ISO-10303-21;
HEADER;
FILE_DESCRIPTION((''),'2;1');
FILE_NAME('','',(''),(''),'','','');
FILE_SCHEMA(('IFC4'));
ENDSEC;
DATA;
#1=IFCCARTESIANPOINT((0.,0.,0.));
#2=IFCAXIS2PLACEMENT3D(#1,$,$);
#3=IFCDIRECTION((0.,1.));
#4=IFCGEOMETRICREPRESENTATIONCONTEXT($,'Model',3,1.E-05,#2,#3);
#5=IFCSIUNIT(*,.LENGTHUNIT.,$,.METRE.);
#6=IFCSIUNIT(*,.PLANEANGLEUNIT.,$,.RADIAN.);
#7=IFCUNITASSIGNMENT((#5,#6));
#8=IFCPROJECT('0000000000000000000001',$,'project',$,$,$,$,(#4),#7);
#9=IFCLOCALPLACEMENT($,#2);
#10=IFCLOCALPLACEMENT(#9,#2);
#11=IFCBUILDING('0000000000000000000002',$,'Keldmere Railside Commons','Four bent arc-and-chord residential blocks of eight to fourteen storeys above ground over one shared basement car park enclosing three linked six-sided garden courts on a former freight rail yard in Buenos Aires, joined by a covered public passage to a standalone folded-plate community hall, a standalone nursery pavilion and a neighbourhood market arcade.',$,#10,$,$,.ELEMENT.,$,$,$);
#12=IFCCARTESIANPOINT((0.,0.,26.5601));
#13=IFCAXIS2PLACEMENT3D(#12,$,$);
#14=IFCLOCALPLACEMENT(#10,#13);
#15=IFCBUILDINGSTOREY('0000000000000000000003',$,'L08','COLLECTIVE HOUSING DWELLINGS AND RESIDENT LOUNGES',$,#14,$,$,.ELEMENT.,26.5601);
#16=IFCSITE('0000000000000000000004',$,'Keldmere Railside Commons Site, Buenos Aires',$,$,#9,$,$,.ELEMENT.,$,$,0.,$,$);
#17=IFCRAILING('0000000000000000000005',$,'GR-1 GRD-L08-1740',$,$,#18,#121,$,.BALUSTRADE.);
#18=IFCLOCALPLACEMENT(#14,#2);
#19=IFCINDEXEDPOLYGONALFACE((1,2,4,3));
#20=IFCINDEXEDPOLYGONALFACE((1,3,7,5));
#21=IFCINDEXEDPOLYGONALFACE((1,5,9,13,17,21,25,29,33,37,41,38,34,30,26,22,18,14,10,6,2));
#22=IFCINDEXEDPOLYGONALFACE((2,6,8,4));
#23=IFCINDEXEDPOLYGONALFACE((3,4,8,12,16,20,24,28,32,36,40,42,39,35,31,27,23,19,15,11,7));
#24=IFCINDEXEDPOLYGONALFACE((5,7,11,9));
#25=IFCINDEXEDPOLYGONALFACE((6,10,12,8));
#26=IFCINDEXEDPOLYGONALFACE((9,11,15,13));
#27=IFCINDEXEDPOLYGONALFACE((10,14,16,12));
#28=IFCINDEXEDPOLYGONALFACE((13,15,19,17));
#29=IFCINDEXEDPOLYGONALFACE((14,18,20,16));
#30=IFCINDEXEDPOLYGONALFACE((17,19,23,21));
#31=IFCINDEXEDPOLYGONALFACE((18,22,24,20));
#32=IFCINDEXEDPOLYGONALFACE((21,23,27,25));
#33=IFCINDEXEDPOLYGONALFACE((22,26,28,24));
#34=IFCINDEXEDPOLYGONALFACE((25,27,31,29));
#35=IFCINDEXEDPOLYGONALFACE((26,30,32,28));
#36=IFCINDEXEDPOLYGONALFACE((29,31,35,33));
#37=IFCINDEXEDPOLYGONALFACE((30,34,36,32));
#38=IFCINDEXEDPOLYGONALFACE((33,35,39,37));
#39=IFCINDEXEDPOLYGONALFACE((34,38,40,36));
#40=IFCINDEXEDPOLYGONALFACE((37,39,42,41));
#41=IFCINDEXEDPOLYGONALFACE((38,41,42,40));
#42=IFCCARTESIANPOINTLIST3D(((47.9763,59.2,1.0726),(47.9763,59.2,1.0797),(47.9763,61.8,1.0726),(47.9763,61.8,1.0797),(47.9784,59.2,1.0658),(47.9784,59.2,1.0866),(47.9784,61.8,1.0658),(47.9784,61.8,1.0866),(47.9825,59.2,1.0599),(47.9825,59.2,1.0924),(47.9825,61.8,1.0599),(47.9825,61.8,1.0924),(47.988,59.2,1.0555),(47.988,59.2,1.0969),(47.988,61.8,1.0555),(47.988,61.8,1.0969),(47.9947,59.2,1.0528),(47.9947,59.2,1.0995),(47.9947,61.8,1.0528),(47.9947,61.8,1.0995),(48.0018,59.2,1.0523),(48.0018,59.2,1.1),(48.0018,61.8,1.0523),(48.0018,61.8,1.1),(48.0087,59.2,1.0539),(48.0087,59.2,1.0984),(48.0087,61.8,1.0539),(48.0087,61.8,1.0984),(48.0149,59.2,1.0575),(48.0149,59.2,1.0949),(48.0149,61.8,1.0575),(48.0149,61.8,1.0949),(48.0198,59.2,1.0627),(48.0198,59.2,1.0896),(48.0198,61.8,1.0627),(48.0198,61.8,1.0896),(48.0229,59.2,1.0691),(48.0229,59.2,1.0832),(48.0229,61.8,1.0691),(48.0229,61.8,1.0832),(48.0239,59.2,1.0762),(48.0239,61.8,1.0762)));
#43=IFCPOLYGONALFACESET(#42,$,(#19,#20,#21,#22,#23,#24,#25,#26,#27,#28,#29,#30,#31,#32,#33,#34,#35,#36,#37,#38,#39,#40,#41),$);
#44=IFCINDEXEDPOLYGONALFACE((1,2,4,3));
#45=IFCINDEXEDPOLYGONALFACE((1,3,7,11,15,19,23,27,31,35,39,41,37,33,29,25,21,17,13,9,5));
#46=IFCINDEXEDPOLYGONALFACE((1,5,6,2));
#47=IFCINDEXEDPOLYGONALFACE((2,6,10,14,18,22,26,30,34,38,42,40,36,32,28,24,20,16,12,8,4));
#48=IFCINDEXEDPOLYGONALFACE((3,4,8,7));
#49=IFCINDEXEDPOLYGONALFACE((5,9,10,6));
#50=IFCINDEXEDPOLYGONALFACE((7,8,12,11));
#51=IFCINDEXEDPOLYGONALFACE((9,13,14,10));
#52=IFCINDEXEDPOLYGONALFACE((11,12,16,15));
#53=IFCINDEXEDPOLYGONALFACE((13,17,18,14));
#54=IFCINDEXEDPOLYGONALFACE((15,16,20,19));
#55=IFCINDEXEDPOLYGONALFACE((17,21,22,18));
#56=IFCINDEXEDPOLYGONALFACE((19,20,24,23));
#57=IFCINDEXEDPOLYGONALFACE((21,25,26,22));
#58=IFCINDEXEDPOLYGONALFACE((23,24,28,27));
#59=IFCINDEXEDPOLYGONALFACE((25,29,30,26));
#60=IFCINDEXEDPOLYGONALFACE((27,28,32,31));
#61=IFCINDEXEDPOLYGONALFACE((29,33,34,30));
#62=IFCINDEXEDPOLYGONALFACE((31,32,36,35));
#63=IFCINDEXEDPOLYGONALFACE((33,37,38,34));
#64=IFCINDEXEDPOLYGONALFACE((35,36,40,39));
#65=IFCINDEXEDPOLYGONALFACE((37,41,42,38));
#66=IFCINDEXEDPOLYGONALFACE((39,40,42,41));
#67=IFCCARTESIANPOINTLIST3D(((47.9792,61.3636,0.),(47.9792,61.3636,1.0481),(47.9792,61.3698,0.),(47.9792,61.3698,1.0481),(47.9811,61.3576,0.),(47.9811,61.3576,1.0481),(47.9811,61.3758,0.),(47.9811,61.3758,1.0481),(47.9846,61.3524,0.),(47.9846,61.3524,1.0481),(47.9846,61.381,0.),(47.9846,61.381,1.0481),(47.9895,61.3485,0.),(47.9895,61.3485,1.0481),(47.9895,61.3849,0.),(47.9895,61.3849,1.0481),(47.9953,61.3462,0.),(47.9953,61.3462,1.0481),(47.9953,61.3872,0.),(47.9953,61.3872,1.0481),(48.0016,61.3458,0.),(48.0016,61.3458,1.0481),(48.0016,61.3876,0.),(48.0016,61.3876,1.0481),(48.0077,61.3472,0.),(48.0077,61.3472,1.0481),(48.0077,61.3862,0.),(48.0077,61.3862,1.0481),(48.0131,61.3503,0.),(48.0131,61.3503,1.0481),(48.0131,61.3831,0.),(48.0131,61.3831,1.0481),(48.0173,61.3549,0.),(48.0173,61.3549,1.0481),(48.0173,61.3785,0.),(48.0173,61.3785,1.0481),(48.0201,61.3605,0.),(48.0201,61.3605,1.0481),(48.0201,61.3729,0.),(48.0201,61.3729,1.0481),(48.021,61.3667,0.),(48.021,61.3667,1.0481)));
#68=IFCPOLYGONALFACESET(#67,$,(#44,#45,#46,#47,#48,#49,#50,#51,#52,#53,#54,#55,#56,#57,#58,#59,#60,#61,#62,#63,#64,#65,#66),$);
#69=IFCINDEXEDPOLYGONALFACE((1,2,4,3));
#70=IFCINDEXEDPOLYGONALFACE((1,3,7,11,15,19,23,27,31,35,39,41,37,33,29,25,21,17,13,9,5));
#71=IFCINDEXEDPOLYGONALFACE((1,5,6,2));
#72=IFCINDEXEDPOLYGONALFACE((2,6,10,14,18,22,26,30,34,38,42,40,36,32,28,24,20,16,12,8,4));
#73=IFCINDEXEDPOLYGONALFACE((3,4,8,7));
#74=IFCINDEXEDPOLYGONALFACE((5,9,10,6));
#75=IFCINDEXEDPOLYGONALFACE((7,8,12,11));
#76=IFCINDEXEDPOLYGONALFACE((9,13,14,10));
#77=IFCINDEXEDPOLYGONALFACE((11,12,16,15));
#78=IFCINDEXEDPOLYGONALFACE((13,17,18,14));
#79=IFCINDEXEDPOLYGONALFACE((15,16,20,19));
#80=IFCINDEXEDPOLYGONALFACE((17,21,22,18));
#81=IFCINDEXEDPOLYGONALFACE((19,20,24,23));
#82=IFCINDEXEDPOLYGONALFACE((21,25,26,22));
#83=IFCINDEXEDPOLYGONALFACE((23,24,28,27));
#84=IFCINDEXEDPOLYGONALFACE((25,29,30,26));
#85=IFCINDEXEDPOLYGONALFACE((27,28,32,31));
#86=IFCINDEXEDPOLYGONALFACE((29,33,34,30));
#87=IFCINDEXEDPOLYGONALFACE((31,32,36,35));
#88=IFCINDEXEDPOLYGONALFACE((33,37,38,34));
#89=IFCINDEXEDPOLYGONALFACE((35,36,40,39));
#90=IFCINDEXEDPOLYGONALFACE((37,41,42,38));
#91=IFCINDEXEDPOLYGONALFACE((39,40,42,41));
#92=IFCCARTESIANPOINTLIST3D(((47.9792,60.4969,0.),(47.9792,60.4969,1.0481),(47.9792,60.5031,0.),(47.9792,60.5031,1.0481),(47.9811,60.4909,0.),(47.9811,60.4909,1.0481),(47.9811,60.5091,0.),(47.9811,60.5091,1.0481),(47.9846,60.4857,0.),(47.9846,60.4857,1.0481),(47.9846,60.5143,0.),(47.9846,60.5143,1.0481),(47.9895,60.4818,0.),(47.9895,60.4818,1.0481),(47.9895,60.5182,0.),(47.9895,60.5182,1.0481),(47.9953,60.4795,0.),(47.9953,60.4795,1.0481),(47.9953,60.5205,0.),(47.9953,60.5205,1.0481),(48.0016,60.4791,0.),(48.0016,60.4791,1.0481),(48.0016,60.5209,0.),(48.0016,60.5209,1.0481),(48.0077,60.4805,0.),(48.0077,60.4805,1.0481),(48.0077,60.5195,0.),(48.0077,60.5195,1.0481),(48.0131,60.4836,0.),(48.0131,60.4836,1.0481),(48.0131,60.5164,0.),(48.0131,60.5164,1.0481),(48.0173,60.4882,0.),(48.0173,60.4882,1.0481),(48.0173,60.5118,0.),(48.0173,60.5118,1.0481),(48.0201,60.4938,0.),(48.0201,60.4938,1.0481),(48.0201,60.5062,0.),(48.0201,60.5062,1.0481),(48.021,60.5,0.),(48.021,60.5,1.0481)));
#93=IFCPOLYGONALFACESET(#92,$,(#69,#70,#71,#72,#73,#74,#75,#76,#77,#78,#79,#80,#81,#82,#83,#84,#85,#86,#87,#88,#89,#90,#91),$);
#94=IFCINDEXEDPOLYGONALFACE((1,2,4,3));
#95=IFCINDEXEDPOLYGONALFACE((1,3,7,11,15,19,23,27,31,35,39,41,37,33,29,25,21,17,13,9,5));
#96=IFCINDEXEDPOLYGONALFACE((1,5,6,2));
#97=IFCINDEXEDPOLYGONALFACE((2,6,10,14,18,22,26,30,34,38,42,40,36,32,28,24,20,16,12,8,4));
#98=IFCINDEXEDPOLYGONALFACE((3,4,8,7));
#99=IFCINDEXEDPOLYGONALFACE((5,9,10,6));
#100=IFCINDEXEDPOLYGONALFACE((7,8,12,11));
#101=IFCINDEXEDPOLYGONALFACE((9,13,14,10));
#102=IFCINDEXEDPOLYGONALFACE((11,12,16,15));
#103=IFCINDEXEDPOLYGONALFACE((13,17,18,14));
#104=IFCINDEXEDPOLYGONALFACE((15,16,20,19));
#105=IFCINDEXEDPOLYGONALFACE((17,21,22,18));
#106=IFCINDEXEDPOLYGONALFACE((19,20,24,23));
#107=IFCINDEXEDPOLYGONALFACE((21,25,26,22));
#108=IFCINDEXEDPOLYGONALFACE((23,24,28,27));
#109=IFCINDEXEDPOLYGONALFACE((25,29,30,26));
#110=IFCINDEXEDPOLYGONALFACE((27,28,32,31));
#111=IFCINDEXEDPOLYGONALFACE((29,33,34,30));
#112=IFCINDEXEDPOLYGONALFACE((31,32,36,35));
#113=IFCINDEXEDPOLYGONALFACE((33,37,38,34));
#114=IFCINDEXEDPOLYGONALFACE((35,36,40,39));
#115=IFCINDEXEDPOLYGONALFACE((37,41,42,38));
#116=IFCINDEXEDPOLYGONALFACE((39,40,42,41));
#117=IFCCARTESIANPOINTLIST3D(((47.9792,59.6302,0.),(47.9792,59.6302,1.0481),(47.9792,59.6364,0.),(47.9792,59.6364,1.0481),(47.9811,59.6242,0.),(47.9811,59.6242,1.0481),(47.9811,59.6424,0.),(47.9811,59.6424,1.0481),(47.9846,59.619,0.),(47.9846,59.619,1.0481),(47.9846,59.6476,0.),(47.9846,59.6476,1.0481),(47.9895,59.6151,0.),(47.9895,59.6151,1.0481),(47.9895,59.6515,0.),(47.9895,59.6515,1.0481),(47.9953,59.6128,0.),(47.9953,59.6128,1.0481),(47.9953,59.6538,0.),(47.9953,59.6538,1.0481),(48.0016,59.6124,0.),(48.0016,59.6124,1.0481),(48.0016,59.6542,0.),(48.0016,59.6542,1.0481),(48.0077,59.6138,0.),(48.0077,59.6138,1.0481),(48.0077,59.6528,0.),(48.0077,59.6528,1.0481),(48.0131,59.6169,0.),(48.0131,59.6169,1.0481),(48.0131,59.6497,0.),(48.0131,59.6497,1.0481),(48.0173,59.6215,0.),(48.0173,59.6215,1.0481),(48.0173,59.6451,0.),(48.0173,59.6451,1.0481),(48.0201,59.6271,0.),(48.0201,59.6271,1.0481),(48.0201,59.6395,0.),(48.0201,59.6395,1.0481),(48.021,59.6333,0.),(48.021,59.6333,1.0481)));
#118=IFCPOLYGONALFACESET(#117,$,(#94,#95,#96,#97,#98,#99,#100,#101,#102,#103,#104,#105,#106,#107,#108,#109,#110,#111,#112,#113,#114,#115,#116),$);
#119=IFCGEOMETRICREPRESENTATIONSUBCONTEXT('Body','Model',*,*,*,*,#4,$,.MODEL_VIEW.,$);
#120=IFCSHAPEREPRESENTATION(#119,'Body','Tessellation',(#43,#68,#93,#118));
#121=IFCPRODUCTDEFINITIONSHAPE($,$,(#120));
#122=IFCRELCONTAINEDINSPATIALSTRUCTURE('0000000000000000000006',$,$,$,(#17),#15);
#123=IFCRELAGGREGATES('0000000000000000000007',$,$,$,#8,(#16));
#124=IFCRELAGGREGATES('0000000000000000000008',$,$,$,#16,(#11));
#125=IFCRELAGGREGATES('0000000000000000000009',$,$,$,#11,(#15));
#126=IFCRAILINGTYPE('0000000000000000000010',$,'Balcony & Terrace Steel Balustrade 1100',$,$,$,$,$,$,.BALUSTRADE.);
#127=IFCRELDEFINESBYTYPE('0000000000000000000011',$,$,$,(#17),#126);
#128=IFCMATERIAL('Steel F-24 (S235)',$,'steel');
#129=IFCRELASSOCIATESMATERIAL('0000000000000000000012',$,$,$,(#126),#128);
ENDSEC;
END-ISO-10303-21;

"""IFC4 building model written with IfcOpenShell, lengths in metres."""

from ifc_helpers import new_model, si_unit, direction, frame, origin, origin_2d, place, context, subcontext, project, spatial, circle, extrude, material, type_object, element, save


model = new_model("IFC4")

# Units and contexts
model_context = context("Model", 3, precision=1e-05, world=origin(), true_north=direction((0.0, 1.0)))
body_context = subcontext(model_context, "Body", "Model", "MODEL_VIEW")
ifc_project = project(units=[si_unit("LENGTHUNIT", "METRE"), si_unit("PLANEANGLEUNIT", "RADIAN")], contexts=[model_context])

# Site, building, storey
site_placement = place(None, origin())
site = spatial("IfcSite", under=ifc_project, at=site_placement, Name="Keldmere Railside Commons Site, Buenos Aires", CompositionType="ELEMENT", RefElevation=0.0)
building_placement = place(site_placement, origin())
building = spatial("IfcBuilding", under=site, at=building_placement, Name="Keldmere Railside Commons", Description="Four bent arc-and-chord residential blocks of eight to fourteen storeys above ground over one shared basement car park enclosing three linked six-sided garden courts on a former freight rail yard in Buenos Aires, joined by a covered public passage to a standalone folded-plate community hall, a standalone nursery pavilion and a neighbourhood market arcade.", CompositionType="ELEMENT")
storey_placement = place(building_placement, frame((0.0, 0.0, 26.5601)))
storey = spatial("IfcBuildingStorey", under=building, at=storey_placement, Name="L08", Description="COLLECTIVE HOUSING DWELLINGS AND RESIDENT LOUNGES", CompositionType="ELEMENT", Elevation=26.5601)

# Shared definitions
ifc_material_1 = material(Name="Steel F-24 (S235)", Category="steel")

# Railing
railing_type = type_object("IfcRailingType", Name="Balcony & Terrace Steel Balustrade 1100", PredefinedType="BALUSTRADE", material=ifc_material_1)
railing_1_placement = place(storey_placement, frame((48.0, 61.8, 0.0)))
element("IfcRailing", 1, at=railing_1_placement, inside=storey, type_object=railing_type, Name="GR-1 GRD-L08-1740", PredefinedType="BALUSTRADE", context=body_context, shape_type="SweptSolid", body=[
    extrude(circle(Radius=0.0239, at=origin_2d()), frame((0.0, 0.0, 1.0762), z_axis=(0.0, -1.0, 0.0), x_axis=(1.0, 0.0, 0.0)), (0.0, 0.0, 1.0), 2.6001),
    extrude(circle(Radius=0.021, at=origin_2d()), frame((0.0, -0.4333, 0.0)), (0.0, 0.0, 1.0), 1.0481),
    extrude(circle(Radius=0.021, at=origin_2d()), frame((0.0, -1.3, 0.0)), (0.0, 0.0, 1.0), 1.0481),
    extrude(circle(Radius=0.021, at=origin_2d()), frame((0.0, -2.1667, 0.0)), (0.0, 0.0, 1.0), 1.0481),
])

save(model, "model.ifc")
